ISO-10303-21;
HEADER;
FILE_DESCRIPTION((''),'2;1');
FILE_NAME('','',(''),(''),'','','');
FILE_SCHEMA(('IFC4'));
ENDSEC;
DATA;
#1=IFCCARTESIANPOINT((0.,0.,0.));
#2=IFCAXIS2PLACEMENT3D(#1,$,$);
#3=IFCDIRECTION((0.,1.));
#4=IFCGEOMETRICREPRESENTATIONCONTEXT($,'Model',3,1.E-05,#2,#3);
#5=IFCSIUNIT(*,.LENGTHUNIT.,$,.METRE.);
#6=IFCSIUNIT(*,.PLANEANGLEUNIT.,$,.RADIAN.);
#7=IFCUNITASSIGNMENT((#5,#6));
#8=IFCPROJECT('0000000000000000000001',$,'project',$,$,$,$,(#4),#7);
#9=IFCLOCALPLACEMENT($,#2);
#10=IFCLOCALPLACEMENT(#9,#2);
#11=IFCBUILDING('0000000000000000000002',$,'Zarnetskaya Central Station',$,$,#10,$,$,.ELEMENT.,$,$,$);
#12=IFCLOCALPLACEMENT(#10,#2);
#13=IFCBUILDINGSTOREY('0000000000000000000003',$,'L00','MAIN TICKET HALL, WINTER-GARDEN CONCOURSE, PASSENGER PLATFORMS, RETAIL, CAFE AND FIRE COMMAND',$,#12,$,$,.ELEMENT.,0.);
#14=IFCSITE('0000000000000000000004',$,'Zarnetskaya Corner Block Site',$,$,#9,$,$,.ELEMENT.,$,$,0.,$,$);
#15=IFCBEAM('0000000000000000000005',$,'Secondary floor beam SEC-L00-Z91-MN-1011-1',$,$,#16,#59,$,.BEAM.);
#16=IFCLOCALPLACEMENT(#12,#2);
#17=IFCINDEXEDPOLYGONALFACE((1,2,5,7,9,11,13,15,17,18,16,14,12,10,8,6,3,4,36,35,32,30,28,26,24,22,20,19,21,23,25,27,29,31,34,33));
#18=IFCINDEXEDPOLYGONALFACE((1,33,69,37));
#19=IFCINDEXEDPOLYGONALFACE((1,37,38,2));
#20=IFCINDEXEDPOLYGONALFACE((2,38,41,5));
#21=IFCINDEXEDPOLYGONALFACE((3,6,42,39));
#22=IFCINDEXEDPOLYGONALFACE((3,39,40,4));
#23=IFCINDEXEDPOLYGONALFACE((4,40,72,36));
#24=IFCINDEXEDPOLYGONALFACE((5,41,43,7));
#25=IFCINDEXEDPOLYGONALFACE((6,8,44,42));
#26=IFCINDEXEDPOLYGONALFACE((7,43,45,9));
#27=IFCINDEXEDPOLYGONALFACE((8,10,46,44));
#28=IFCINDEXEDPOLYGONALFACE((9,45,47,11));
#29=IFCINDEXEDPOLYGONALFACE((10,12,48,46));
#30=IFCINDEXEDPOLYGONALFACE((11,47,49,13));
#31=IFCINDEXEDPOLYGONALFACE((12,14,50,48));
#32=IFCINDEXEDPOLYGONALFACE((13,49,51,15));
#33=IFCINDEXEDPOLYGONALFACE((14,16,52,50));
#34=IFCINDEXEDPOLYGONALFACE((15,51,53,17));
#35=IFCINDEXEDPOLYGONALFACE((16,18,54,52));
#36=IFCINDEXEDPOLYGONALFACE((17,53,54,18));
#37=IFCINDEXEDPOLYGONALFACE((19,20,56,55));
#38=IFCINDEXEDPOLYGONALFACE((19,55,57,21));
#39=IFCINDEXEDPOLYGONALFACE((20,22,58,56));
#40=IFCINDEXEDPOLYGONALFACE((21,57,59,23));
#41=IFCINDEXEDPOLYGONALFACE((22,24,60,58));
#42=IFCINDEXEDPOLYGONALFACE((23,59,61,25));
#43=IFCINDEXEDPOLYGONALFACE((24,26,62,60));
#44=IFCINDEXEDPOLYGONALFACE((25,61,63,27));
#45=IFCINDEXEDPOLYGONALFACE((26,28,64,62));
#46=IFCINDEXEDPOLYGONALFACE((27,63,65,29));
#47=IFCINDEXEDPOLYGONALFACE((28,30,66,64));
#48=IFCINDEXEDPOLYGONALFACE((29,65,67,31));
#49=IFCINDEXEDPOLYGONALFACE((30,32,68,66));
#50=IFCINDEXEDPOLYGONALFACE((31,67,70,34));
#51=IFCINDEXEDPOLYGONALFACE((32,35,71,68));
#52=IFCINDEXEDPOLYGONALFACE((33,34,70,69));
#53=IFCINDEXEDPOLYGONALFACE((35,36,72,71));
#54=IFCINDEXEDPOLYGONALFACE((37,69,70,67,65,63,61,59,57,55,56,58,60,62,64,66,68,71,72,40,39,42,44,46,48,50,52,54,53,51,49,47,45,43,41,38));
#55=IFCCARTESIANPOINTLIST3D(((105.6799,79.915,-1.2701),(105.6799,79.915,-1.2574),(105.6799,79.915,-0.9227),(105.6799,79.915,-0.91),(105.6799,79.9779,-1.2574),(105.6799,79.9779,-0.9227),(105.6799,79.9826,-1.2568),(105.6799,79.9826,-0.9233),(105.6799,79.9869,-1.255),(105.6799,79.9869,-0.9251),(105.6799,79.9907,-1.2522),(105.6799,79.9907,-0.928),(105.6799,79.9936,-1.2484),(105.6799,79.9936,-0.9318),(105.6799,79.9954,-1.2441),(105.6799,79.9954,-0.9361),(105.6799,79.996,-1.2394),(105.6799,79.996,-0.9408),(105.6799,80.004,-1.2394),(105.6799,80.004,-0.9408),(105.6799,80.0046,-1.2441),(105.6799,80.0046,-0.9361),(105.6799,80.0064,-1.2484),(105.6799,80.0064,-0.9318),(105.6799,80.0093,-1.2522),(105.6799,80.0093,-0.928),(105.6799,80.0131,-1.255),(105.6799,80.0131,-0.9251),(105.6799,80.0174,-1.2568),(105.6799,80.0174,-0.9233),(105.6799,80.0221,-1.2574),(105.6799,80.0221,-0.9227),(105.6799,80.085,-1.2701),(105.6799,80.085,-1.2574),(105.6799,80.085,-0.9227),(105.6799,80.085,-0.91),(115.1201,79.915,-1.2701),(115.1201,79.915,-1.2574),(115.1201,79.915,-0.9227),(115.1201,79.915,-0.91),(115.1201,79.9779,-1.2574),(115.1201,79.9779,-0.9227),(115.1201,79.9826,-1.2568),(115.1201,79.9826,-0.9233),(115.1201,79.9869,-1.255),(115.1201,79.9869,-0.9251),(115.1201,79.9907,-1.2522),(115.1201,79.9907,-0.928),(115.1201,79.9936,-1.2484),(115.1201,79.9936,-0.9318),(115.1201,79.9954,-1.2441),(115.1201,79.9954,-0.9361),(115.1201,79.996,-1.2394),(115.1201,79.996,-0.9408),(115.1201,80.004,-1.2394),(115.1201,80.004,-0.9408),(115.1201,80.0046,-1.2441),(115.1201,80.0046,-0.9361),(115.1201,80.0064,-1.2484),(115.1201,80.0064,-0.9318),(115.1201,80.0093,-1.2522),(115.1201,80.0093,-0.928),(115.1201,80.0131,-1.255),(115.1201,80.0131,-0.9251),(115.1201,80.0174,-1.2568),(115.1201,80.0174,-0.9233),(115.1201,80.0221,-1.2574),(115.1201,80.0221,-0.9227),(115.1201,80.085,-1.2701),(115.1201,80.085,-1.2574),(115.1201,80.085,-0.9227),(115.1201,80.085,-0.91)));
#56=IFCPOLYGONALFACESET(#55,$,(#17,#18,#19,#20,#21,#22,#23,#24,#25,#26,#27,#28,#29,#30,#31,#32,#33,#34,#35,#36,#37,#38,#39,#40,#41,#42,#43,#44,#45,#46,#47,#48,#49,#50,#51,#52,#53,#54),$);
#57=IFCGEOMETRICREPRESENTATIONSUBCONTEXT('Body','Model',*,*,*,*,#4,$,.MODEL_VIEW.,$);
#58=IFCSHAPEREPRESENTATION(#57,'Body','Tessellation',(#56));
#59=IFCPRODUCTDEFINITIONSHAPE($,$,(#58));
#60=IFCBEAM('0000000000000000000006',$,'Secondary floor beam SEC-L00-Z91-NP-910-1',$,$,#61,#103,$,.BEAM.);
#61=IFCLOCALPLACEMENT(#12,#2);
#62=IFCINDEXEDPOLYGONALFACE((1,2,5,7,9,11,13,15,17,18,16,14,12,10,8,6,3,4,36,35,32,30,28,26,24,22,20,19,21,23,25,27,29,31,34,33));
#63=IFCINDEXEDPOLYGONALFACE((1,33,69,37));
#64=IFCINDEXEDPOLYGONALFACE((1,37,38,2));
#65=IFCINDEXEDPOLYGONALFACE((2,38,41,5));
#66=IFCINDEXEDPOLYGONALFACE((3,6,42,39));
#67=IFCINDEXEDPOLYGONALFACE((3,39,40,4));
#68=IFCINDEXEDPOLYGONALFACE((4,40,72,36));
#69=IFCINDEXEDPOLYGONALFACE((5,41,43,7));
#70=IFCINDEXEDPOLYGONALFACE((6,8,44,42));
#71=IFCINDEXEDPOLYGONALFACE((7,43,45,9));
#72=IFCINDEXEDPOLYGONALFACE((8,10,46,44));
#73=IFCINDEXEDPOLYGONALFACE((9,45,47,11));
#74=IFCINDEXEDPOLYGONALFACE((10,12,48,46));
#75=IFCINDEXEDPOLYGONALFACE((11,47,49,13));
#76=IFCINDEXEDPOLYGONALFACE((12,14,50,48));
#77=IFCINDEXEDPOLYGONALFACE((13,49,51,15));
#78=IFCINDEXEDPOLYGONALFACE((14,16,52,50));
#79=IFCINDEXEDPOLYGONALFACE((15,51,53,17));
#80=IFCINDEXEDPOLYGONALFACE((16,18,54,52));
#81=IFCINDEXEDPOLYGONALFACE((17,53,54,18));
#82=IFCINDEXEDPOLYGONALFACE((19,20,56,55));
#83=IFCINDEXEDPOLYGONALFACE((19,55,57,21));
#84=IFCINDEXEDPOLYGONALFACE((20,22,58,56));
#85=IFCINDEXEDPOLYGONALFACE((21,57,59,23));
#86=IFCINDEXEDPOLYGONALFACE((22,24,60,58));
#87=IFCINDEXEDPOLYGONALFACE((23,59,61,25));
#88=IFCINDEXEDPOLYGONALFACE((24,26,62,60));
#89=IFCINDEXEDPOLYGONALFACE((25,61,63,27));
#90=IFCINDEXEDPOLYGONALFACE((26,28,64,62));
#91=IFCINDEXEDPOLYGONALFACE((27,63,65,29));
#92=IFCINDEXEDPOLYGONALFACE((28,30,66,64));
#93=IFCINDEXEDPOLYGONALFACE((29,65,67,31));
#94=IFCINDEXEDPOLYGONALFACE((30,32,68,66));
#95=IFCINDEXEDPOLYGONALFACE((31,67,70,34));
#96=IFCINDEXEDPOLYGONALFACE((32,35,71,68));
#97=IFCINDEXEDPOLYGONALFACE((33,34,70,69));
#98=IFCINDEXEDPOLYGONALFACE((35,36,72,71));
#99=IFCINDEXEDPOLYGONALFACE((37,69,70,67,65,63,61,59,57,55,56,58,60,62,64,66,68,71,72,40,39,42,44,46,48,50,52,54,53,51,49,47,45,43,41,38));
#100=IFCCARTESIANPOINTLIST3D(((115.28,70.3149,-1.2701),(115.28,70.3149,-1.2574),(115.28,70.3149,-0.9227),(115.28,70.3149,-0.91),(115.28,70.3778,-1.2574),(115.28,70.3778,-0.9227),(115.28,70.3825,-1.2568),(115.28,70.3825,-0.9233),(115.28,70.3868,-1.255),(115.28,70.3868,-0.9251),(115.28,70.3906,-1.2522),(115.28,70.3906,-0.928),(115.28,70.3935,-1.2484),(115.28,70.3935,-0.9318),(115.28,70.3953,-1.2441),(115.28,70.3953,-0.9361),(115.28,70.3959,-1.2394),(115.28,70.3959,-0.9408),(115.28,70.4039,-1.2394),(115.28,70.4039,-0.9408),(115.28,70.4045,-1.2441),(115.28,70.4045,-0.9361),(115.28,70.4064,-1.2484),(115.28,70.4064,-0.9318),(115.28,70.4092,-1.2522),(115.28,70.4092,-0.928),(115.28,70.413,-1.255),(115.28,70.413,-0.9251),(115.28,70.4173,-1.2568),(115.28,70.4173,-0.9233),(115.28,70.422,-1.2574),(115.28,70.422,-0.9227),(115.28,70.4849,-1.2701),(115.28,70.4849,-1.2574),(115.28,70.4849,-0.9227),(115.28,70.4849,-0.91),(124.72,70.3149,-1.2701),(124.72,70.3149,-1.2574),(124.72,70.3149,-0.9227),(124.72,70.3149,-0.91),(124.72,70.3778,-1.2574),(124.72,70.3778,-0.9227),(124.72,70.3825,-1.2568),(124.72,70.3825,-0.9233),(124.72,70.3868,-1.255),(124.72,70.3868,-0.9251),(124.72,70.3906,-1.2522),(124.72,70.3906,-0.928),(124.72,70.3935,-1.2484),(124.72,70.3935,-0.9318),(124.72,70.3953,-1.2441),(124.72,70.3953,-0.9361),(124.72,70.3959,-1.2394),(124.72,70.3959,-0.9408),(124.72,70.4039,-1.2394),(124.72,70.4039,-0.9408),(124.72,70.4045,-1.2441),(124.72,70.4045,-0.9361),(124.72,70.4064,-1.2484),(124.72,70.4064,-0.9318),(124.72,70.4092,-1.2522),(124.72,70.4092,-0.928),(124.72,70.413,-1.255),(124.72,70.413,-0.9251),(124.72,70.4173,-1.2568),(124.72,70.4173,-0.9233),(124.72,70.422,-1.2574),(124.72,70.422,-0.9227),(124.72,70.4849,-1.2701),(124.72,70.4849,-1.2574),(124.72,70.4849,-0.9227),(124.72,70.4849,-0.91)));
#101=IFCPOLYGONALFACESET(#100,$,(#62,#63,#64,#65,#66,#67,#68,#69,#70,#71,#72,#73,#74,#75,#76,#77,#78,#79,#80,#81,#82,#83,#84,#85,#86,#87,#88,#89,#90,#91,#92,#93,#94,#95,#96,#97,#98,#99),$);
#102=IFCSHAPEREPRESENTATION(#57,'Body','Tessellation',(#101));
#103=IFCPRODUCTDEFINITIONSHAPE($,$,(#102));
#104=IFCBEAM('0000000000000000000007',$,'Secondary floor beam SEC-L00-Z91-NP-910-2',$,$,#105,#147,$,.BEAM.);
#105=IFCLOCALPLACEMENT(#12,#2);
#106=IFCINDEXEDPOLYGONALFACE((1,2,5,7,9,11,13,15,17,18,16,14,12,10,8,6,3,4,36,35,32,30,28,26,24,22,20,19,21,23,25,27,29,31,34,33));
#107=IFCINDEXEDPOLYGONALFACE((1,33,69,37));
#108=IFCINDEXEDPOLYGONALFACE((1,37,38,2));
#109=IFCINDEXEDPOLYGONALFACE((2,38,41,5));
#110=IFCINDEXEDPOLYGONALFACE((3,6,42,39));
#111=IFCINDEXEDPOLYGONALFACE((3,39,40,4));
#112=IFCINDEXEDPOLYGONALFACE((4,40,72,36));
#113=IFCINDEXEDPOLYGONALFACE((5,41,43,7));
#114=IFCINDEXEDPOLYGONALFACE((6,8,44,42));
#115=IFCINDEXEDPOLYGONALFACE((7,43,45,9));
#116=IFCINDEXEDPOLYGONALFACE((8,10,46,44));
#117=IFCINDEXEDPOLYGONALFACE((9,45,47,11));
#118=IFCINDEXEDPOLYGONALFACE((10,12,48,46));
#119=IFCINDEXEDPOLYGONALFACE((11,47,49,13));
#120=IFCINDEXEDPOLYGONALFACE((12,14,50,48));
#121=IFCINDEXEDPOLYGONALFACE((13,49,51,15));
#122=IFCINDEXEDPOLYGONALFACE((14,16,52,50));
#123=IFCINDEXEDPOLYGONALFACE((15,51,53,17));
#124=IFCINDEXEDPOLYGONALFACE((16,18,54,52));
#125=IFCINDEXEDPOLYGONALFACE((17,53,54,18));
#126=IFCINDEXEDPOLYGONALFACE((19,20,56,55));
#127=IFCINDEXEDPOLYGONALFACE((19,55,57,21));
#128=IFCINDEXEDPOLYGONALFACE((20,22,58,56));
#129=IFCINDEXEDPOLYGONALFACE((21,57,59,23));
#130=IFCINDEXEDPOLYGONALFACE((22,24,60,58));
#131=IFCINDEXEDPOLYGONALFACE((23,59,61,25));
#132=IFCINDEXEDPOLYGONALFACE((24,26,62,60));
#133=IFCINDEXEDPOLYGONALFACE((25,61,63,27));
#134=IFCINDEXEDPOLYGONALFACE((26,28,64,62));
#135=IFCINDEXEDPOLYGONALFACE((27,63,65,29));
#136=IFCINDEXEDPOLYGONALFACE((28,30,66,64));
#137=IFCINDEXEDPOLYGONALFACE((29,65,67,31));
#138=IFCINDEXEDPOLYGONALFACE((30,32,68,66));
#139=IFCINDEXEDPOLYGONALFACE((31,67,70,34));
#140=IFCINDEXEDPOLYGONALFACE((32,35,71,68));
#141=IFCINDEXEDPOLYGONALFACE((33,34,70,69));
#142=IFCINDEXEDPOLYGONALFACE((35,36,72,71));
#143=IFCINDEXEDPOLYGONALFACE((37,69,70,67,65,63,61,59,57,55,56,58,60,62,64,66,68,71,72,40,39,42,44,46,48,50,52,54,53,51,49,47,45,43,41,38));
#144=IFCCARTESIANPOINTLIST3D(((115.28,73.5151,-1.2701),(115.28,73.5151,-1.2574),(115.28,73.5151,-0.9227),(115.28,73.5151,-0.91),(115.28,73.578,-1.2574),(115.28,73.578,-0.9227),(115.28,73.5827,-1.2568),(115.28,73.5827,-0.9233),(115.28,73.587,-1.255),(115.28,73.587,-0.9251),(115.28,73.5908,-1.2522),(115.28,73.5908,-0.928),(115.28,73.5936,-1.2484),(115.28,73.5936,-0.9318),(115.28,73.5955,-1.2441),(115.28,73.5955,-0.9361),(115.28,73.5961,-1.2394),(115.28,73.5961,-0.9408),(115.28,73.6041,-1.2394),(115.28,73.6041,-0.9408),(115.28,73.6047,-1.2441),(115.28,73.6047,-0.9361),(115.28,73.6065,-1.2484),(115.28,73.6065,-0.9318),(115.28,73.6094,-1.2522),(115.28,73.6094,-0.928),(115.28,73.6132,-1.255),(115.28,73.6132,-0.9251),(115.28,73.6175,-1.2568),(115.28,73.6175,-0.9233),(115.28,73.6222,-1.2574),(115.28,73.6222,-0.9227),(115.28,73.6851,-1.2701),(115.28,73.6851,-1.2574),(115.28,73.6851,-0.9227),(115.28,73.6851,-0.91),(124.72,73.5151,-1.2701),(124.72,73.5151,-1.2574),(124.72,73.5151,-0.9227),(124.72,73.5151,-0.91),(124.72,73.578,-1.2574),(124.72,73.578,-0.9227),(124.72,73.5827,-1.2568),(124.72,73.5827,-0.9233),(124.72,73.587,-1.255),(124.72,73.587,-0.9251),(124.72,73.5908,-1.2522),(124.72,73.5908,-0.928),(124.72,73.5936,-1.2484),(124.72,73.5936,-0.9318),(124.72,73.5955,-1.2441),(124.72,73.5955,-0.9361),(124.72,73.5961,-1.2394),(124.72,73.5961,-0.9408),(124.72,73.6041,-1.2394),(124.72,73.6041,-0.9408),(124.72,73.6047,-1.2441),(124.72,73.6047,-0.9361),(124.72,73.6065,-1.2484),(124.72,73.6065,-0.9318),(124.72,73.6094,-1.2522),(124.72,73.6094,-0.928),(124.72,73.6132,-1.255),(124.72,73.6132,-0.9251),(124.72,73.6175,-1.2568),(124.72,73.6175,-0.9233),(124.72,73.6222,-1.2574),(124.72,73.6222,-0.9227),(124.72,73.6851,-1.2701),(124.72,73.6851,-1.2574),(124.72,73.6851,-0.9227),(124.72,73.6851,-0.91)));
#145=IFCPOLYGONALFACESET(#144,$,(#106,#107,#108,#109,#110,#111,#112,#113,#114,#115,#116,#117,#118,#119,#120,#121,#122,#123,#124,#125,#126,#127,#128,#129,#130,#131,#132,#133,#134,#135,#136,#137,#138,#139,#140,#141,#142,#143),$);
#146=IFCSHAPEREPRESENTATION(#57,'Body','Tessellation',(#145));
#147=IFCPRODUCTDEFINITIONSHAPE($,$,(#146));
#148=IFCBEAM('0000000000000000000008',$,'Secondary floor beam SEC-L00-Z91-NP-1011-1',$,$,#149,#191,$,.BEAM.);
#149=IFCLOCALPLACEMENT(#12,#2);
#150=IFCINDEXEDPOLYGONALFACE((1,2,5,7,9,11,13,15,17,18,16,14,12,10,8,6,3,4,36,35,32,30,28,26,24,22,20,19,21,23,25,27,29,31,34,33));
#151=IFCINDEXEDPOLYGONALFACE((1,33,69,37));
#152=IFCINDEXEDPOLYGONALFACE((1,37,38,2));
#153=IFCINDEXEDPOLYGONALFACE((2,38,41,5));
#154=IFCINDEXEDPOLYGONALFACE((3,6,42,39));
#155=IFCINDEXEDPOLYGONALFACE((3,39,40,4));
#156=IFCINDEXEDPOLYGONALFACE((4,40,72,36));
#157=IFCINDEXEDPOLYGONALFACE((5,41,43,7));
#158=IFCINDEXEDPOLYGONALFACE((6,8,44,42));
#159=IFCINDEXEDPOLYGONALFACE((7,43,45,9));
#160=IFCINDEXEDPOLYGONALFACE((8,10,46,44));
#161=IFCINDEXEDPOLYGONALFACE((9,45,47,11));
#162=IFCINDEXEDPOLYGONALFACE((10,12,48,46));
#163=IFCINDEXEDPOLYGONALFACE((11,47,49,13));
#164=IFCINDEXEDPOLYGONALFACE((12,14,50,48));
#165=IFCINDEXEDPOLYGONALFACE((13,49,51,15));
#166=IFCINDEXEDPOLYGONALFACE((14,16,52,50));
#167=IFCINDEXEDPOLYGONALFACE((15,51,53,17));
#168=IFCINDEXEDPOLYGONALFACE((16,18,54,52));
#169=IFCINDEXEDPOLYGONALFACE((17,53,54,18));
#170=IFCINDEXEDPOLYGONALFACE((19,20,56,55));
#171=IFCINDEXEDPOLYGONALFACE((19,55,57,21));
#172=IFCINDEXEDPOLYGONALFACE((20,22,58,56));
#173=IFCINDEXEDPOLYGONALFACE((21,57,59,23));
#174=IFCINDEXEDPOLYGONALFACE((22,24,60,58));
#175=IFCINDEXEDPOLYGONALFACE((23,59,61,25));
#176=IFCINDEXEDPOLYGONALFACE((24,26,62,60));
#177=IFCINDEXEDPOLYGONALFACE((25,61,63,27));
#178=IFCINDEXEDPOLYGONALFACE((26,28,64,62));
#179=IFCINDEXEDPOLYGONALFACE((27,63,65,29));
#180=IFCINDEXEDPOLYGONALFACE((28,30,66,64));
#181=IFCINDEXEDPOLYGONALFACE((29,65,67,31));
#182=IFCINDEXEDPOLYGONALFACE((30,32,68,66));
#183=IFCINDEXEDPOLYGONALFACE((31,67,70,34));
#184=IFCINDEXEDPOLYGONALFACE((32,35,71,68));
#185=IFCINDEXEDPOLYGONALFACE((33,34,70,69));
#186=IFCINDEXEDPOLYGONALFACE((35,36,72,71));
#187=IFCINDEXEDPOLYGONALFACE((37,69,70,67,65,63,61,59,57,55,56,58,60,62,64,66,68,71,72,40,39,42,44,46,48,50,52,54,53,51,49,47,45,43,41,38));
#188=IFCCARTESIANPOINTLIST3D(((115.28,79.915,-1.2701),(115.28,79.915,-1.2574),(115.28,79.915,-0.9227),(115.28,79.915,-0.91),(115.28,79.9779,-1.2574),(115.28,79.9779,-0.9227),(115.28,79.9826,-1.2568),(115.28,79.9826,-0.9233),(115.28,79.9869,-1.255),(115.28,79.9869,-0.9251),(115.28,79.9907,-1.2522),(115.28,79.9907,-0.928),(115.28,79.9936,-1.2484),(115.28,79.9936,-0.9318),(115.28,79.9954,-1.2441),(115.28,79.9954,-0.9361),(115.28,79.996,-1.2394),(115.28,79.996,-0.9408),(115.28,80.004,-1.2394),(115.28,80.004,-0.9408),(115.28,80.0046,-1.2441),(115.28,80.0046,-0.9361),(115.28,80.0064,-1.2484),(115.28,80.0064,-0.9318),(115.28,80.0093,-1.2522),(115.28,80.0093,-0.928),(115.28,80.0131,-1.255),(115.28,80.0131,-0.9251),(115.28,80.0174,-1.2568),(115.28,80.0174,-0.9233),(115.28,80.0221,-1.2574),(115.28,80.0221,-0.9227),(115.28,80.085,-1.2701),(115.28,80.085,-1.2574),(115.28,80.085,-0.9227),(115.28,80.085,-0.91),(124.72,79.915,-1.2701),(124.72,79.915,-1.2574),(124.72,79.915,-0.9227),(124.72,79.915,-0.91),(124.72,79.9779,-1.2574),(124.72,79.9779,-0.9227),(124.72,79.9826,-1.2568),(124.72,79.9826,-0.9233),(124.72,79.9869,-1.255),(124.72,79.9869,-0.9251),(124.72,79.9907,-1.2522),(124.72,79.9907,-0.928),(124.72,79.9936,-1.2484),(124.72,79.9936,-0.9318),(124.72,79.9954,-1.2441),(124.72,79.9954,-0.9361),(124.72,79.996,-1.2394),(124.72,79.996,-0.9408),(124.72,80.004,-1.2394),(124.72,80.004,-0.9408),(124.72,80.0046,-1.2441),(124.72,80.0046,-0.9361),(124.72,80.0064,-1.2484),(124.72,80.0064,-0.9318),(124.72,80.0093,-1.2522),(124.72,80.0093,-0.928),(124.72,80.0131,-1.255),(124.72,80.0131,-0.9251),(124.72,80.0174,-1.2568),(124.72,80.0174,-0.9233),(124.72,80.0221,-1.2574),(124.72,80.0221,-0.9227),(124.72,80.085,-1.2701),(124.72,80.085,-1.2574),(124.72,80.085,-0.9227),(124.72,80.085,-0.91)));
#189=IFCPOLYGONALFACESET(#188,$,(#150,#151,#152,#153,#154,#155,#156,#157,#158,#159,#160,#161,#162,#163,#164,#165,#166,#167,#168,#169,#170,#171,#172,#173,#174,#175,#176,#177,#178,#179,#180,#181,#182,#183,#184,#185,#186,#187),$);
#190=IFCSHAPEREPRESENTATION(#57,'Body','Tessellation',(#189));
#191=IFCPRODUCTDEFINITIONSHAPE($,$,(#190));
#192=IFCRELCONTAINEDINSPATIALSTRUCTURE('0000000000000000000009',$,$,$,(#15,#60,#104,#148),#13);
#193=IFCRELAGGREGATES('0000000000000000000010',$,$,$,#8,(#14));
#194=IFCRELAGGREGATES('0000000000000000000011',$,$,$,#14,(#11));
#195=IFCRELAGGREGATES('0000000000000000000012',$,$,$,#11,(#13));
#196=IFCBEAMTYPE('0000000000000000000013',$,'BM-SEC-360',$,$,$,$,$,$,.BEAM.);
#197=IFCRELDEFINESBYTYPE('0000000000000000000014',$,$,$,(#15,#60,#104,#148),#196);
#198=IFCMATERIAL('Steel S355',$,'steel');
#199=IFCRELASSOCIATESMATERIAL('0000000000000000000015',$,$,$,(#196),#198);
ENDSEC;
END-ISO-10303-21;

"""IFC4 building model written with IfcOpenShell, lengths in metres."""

from ifc_helpers import new_model, si_unit, direction, frame, origin, origin_2d, place, context, subcontext, project, spatial, i_section, extrude, material, material_profile, profile_set, type_object, element, save


model = new_model("IFC4")

# Units and contexts
model_context = context("Model", 3, precision=1e-05, world=origin(), true_north=direction((0.0, 1.0)))
body_context = subcontext(model_context, "Body", "Model", "MODEL_VIEW")
ifc_project = project(units=[si_unit("LENGTHUNIT", "METRE"), si_unit("PLANEANGLEUNIT", "RADIAN")], contexts=[model_context])

# Site, building, storey
site_placement = place(None, origin())
site = spatial("IfcSite", under=ifc_project, at=site_placement, Name="Zarnetskaya Corner Block Site", CompositionType="ELEMENT", RefElevation=0.0)
building_placement = place(site_placement, origin())
building = spatial("IfcBuilding", under=site, at=building_placement, Name="Zarnetskaya Central Station", CompositionType="ELEMENT")
storey_placement = place(building_placement, origin())
storey = spatial("IfcBuildingStorey", under=building, at=storey_placement, Name="L00", Description="MAIN TICKET HALL, WINTER-GARDEN CONCOURSE, PASSENGER PLATFORMS, RETAIL, CAFE AND FIRE COMMAND", CompositionType="ELEMENT", Elevation=0.0)

# Shared definitions
ifc_material = material(Name="Steel S355", Category="steel")

# Beams
ifc_material_profile_1 = material_profile(ifc_material, i_section(OverallWidth=0.1699, OverallDepth=0.3601, WebThickness=0.0081, FlangeThickness=0.0127, FilletRadius=0.0181, at=origin_2d()), Name="IPE 360")
ifc_profile_set_1 = profile_set([ifc_material_profile_1], Name="Steel S355")
beam_type_1 = type_object("IfcBeamType", Name="BM-SEC-360", PredefinedType="BEAM", material=ifc_profile_set_1)
for number, where, z_axis, x_axis, name in (
    (1, (105.6799, 80.0, -1.0901), (1.0, 0.0, 0.0), (0.0, 1.0, 0.0), "Secondary floor beam SEC-L00-Z91-MN-1011-1"),
):
    element("IfcBeam", number, at=place(storey_placement, frame(where, z_axis=z_axis, x_axis=x_axis)), inside=storey, type_object=beam_type_1, Name=name, PredefinedType="BEAM", context=body_context, shape_type="SweptSolid", body=[
        extrude(i_section(OverallWidth=0.1699, OverallDepth=0.3601, WebThickness=0.0081, FlangeThickness=0.0127, FilletRadius=0.0181, at=origin_2d()), origin(), (0.0, 0.0, 1.0), 9.4402),
    ])
for number, where, z_axis, x_axis, name in (
    (2, (115.28, 70.3999, -1.0901), (1.0, 0.0, 0.0), (0.0, 1.0, 0.0), "Secondary floor beam SEC-L00-Z91-NP-910-1"),
    (3, (115.28, 73.6001, -1.0901), (1.0, 0.0, 0.0), (0.0, 1.0, 0.0), "Secondary floor beam SEC-L00-Z91-NP-910-2"),
    (4, (115.28, 80.0, -1.0901), (1.0, 0.0, 0.0), (0.0, 1.0, 0.0), "Secondary floor beam SEC-L00-Z91-NP-1011-1"),
):
    element("IfcBeam", number, at=place(storey_placement, frame(where, z_axis=z_axis, x_axis=x_axis)), inside=storey, type_object=beam_type_1, Name=name, PredefinedType="BEAM", context=body_context, shape_type="SweptSolid", body=[
        extrude(i_section(OverallWidth=0.1699, OverallDepth=0.3601, WebThickness=0.0081, FlangeThickness=0.0127, FilletRadius=0.0181, at=origin_2d()), origin(), (0.0, 0.0, 1.0), 9.4399),
    ])

save(model, "model.ifc")
